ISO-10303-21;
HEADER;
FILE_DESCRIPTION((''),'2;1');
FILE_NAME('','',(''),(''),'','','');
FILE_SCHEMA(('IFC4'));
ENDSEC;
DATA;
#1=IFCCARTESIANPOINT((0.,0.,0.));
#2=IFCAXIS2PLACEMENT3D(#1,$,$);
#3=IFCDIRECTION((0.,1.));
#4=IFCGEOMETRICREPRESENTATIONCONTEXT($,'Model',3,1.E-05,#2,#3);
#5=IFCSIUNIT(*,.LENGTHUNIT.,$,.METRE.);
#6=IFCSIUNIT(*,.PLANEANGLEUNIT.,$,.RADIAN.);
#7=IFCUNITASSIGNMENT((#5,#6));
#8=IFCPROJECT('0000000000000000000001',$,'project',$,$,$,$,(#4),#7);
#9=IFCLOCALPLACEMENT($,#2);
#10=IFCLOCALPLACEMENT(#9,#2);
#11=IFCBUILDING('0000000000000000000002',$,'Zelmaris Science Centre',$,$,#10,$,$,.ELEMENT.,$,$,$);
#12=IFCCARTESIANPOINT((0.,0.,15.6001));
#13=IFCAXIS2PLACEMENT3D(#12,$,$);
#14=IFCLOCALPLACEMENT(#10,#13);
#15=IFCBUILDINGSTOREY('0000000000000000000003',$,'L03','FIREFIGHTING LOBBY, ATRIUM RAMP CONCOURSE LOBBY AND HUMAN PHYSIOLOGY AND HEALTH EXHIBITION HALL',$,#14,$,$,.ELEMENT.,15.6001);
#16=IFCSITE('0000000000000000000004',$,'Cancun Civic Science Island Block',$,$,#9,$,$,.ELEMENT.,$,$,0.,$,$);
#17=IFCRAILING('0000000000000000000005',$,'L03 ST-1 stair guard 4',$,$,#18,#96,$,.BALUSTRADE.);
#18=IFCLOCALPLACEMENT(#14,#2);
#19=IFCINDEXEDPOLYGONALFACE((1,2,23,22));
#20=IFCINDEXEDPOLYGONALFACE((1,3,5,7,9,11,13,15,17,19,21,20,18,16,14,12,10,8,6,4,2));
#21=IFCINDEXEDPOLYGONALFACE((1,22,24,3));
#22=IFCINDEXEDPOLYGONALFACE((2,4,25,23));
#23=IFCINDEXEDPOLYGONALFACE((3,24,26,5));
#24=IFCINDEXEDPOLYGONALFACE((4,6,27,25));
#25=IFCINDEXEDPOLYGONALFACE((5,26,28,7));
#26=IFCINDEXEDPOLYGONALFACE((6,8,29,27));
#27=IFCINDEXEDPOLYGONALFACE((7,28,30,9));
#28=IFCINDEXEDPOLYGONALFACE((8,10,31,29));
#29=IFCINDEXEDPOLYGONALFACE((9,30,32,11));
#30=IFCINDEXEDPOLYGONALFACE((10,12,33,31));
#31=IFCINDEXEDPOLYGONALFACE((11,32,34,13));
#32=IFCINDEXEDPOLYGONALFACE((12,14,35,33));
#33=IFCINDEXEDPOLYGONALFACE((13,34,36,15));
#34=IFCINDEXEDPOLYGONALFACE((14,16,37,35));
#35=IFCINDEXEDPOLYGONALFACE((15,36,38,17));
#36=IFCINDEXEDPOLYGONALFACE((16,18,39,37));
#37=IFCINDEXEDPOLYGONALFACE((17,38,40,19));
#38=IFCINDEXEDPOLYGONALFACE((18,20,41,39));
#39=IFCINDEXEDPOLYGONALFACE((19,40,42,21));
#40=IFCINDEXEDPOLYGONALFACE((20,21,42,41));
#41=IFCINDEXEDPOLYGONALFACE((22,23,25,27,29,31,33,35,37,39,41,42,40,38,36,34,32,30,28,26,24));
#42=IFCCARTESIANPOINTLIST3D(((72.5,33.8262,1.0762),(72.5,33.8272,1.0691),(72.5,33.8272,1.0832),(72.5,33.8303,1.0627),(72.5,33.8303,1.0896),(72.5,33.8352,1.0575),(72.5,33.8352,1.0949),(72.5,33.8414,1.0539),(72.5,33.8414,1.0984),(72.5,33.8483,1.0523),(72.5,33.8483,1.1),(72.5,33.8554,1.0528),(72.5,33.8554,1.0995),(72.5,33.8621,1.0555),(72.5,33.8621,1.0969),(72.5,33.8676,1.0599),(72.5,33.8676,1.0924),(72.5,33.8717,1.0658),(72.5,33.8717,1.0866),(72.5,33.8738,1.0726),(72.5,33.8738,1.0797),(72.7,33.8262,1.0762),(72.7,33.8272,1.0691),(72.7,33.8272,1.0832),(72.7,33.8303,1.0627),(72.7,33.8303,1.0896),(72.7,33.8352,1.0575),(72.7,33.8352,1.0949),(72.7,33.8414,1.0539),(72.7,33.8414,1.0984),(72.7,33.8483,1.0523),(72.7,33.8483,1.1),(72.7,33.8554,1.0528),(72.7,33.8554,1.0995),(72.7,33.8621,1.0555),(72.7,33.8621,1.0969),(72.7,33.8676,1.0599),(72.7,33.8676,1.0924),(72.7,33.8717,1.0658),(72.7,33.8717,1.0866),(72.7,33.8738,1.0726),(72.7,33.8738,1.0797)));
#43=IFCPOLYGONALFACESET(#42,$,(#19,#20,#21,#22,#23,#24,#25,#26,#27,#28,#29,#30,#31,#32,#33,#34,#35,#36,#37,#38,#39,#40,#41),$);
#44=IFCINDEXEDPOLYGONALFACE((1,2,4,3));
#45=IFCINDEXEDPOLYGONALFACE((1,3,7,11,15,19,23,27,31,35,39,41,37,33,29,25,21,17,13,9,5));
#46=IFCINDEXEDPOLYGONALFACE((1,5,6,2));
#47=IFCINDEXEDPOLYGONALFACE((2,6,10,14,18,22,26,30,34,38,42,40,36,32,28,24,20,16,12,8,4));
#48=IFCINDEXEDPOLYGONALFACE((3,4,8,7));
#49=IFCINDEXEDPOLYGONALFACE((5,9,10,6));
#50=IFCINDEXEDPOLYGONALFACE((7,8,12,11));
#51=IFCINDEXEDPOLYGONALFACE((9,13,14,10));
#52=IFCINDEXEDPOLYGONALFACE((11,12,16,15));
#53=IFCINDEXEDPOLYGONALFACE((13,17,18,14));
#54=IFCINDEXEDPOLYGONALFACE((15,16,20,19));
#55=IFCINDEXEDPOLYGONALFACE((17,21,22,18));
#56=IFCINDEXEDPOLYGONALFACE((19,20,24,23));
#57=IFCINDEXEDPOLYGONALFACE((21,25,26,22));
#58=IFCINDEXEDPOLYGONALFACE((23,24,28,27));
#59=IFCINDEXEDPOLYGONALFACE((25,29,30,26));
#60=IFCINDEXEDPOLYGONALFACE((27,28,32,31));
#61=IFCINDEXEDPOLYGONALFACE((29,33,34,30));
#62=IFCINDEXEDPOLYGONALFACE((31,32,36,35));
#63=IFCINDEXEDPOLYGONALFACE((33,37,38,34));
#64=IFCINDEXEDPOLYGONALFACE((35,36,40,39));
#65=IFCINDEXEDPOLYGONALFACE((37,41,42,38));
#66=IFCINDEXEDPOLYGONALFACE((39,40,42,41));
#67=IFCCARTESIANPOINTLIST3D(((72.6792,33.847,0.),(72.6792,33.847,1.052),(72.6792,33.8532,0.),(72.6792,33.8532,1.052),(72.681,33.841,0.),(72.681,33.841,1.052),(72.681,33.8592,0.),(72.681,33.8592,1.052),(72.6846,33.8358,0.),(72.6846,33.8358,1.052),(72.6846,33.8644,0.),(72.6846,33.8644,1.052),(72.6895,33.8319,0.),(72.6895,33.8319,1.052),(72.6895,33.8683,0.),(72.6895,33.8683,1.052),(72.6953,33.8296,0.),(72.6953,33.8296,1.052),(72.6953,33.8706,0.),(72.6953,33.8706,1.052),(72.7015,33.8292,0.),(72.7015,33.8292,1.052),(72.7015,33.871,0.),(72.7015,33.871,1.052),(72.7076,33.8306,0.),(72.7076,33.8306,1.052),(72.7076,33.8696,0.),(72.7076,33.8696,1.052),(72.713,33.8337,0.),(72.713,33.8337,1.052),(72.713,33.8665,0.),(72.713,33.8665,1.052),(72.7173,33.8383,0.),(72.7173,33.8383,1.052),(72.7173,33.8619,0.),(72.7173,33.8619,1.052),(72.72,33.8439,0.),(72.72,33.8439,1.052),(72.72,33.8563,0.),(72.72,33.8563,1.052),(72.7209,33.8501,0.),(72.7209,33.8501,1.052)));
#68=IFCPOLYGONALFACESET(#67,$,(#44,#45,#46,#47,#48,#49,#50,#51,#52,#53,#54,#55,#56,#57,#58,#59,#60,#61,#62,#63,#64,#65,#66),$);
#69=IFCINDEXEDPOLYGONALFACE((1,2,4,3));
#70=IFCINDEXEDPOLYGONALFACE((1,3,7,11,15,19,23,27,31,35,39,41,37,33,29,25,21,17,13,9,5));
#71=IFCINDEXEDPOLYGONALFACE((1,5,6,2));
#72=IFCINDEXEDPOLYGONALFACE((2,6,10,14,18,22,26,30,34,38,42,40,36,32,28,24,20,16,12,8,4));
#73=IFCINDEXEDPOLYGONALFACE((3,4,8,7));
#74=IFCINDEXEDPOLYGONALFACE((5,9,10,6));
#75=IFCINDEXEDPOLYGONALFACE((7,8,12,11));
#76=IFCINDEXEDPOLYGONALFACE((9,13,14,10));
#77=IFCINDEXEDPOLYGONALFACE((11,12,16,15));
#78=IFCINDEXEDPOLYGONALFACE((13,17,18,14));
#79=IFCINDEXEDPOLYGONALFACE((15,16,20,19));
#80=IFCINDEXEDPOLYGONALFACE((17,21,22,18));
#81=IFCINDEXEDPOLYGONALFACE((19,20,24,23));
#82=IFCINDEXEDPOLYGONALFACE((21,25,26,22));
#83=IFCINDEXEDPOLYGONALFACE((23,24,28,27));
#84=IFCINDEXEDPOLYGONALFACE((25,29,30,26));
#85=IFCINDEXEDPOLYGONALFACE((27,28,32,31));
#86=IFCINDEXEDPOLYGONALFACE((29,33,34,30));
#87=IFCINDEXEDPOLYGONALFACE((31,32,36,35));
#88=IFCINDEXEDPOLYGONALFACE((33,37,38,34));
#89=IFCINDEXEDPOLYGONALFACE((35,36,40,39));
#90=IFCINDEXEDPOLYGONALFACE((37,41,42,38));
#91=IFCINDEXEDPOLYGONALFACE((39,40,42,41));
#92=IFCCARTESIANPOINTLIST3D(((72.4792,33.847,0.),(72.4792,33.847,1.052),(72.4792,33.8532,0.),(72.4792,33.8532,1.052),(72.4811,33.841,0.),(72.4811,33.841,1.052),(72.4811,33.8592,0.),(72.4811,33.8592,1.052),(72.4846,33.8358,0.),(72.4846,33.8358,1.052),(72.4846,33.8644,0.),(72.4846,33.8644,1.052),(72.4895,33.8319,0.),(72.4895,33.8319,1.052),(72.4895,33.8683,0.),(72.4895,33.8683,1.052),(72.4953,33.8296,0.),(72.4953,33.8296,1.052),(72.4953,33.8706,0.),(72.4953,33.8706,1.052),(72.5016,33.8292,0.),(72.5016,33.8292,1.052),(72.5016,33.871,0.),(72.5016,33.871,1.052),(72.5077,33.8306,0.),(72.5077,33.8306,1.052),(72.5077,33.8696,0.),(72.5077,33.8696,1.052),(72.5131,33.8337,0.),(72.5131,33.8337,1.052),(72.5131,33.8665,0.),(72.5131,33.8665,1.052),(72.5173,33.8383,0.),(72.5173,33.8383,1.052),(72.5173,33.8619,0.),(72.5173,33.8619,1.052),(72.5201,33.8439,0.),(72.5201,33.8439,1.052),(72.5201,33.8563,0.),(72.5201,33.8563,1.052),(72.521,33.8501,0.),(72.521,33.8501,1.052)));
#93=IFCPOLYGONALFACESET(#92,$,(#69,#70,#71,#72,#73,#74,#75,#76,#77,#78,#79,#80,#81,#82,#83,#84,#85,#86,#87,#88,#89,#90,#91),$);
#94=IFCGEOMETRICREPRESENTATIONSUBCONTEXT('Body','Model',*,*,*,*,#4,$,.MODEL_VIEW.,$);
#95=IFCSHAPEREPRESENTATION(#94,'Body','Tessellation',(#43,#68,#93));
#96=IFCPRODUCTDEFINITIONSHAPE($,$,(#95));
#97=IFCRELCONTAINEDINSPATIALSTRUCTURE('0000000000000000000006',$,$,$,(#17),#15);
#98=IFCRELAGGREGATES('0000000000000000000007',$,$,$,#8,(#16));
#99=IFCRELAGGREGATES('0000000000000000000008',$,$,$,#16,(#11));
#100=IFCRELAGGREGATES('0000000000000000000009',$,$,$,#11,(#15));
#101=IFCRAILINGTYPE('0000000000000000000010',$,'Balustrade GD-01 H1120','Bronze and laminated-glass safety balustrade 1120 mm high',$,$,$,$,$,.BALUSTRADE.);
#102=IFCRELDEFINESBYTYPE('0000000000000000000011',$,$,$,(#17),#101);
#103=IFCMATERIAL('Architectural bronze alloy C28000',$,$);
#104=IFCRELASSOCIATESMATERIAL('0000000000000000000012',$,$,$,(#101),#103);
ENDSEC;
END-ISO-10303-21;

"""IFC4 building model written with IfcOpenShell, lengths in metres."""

from ifc_helpers import new_model, si_unit, direction, frame, origin, origin_2d, place, context, subcontext, project, spatial, circle, extrude, material, type_object, element, save


model = new_model("IFC4")

# Units and contexts
model_context = context("Model", 3, precision=1e-05, world=origin(), true_north=direction((0.0, 1.0)))
body_context = subcontext(model_context, "Body", "Model", "MODEL_VIEW")
ifc_project = project(units=[si_unit("LENGTHUNIT", "METRE"), si_unit("PLANEANGLEUNIT", "RADIAN")], contexts=[model_context])

# Site, building, storey
site_placement = place(None, origin())
site = spatial("IfcSite", under=ifc_project, at=site_placement, Name="Cancun Civic Science Island Block", CompositionType="ELEMENT", RefElevation=0.0)
building_placement = place(site_placement, origin())
building = spatial("IfcBuilding", under=site, at=building_placement, Name="Zelmaris Science Centre", CompositionType="ELEMENT")
storey_placement = place(building_placement, frame((0.0, 0.0, 15.6001)))
storey = spatial("IfcBuildingStorey", under=building, at=storey_placement, Name="L03", Description="FIREFIGHTING LOBBY, ATRIUM RAMP CONCOURSE LOBBY AND HUMAN PHYSIOLOGY AND HEALTH EXHIBITION HALL", CompositionType="ELEMENT", Elevation=15.6001)

# Railing
ifc_material_1 = material(Name="Architectural bronze alloy C28000")
railing_type_1 = type_object("IfcRailingType", Name="Balustrade GD-01 H1120", Description="Bronze and laminated-glass safety balustrade 1120 mm high", PredefinedType="BALUSTRADE", material=ifc_material_1)
railing_1_placement = place(storey_placement, frame((72.7, 33.8501, 0.0)))
element("IfcRailing", 1, at=railing_1_placement, inside=storey, type_object=railing_type_1, Name="L03 ST-1 stair guard 4", PredefinedType="BALUSTRADE", context=body_context, shape_type="SweptSolid", body=[
    extrude(circle(Radius=0.0239, at=origin_2d()), frame((0.0, 0.0, 1.0762), z_axis=(-1.0, 0.0, 0.0), x_axis=(0.0, -1.0, 0.0)), (0.0, 0.0, 1.0), 0.2),
    extrude(circle(Radius=0.021, at=origin_2d()), origin(), (0.0, 0.0, 1.0), 1.052),
    extrude(circle(Radius=0.021, at=origin_2d()), frame((-0.2, 0.0, 0.0)), (0.0, 0.0, 1.0), 1.052),
])

save(model, "model.ifc")
